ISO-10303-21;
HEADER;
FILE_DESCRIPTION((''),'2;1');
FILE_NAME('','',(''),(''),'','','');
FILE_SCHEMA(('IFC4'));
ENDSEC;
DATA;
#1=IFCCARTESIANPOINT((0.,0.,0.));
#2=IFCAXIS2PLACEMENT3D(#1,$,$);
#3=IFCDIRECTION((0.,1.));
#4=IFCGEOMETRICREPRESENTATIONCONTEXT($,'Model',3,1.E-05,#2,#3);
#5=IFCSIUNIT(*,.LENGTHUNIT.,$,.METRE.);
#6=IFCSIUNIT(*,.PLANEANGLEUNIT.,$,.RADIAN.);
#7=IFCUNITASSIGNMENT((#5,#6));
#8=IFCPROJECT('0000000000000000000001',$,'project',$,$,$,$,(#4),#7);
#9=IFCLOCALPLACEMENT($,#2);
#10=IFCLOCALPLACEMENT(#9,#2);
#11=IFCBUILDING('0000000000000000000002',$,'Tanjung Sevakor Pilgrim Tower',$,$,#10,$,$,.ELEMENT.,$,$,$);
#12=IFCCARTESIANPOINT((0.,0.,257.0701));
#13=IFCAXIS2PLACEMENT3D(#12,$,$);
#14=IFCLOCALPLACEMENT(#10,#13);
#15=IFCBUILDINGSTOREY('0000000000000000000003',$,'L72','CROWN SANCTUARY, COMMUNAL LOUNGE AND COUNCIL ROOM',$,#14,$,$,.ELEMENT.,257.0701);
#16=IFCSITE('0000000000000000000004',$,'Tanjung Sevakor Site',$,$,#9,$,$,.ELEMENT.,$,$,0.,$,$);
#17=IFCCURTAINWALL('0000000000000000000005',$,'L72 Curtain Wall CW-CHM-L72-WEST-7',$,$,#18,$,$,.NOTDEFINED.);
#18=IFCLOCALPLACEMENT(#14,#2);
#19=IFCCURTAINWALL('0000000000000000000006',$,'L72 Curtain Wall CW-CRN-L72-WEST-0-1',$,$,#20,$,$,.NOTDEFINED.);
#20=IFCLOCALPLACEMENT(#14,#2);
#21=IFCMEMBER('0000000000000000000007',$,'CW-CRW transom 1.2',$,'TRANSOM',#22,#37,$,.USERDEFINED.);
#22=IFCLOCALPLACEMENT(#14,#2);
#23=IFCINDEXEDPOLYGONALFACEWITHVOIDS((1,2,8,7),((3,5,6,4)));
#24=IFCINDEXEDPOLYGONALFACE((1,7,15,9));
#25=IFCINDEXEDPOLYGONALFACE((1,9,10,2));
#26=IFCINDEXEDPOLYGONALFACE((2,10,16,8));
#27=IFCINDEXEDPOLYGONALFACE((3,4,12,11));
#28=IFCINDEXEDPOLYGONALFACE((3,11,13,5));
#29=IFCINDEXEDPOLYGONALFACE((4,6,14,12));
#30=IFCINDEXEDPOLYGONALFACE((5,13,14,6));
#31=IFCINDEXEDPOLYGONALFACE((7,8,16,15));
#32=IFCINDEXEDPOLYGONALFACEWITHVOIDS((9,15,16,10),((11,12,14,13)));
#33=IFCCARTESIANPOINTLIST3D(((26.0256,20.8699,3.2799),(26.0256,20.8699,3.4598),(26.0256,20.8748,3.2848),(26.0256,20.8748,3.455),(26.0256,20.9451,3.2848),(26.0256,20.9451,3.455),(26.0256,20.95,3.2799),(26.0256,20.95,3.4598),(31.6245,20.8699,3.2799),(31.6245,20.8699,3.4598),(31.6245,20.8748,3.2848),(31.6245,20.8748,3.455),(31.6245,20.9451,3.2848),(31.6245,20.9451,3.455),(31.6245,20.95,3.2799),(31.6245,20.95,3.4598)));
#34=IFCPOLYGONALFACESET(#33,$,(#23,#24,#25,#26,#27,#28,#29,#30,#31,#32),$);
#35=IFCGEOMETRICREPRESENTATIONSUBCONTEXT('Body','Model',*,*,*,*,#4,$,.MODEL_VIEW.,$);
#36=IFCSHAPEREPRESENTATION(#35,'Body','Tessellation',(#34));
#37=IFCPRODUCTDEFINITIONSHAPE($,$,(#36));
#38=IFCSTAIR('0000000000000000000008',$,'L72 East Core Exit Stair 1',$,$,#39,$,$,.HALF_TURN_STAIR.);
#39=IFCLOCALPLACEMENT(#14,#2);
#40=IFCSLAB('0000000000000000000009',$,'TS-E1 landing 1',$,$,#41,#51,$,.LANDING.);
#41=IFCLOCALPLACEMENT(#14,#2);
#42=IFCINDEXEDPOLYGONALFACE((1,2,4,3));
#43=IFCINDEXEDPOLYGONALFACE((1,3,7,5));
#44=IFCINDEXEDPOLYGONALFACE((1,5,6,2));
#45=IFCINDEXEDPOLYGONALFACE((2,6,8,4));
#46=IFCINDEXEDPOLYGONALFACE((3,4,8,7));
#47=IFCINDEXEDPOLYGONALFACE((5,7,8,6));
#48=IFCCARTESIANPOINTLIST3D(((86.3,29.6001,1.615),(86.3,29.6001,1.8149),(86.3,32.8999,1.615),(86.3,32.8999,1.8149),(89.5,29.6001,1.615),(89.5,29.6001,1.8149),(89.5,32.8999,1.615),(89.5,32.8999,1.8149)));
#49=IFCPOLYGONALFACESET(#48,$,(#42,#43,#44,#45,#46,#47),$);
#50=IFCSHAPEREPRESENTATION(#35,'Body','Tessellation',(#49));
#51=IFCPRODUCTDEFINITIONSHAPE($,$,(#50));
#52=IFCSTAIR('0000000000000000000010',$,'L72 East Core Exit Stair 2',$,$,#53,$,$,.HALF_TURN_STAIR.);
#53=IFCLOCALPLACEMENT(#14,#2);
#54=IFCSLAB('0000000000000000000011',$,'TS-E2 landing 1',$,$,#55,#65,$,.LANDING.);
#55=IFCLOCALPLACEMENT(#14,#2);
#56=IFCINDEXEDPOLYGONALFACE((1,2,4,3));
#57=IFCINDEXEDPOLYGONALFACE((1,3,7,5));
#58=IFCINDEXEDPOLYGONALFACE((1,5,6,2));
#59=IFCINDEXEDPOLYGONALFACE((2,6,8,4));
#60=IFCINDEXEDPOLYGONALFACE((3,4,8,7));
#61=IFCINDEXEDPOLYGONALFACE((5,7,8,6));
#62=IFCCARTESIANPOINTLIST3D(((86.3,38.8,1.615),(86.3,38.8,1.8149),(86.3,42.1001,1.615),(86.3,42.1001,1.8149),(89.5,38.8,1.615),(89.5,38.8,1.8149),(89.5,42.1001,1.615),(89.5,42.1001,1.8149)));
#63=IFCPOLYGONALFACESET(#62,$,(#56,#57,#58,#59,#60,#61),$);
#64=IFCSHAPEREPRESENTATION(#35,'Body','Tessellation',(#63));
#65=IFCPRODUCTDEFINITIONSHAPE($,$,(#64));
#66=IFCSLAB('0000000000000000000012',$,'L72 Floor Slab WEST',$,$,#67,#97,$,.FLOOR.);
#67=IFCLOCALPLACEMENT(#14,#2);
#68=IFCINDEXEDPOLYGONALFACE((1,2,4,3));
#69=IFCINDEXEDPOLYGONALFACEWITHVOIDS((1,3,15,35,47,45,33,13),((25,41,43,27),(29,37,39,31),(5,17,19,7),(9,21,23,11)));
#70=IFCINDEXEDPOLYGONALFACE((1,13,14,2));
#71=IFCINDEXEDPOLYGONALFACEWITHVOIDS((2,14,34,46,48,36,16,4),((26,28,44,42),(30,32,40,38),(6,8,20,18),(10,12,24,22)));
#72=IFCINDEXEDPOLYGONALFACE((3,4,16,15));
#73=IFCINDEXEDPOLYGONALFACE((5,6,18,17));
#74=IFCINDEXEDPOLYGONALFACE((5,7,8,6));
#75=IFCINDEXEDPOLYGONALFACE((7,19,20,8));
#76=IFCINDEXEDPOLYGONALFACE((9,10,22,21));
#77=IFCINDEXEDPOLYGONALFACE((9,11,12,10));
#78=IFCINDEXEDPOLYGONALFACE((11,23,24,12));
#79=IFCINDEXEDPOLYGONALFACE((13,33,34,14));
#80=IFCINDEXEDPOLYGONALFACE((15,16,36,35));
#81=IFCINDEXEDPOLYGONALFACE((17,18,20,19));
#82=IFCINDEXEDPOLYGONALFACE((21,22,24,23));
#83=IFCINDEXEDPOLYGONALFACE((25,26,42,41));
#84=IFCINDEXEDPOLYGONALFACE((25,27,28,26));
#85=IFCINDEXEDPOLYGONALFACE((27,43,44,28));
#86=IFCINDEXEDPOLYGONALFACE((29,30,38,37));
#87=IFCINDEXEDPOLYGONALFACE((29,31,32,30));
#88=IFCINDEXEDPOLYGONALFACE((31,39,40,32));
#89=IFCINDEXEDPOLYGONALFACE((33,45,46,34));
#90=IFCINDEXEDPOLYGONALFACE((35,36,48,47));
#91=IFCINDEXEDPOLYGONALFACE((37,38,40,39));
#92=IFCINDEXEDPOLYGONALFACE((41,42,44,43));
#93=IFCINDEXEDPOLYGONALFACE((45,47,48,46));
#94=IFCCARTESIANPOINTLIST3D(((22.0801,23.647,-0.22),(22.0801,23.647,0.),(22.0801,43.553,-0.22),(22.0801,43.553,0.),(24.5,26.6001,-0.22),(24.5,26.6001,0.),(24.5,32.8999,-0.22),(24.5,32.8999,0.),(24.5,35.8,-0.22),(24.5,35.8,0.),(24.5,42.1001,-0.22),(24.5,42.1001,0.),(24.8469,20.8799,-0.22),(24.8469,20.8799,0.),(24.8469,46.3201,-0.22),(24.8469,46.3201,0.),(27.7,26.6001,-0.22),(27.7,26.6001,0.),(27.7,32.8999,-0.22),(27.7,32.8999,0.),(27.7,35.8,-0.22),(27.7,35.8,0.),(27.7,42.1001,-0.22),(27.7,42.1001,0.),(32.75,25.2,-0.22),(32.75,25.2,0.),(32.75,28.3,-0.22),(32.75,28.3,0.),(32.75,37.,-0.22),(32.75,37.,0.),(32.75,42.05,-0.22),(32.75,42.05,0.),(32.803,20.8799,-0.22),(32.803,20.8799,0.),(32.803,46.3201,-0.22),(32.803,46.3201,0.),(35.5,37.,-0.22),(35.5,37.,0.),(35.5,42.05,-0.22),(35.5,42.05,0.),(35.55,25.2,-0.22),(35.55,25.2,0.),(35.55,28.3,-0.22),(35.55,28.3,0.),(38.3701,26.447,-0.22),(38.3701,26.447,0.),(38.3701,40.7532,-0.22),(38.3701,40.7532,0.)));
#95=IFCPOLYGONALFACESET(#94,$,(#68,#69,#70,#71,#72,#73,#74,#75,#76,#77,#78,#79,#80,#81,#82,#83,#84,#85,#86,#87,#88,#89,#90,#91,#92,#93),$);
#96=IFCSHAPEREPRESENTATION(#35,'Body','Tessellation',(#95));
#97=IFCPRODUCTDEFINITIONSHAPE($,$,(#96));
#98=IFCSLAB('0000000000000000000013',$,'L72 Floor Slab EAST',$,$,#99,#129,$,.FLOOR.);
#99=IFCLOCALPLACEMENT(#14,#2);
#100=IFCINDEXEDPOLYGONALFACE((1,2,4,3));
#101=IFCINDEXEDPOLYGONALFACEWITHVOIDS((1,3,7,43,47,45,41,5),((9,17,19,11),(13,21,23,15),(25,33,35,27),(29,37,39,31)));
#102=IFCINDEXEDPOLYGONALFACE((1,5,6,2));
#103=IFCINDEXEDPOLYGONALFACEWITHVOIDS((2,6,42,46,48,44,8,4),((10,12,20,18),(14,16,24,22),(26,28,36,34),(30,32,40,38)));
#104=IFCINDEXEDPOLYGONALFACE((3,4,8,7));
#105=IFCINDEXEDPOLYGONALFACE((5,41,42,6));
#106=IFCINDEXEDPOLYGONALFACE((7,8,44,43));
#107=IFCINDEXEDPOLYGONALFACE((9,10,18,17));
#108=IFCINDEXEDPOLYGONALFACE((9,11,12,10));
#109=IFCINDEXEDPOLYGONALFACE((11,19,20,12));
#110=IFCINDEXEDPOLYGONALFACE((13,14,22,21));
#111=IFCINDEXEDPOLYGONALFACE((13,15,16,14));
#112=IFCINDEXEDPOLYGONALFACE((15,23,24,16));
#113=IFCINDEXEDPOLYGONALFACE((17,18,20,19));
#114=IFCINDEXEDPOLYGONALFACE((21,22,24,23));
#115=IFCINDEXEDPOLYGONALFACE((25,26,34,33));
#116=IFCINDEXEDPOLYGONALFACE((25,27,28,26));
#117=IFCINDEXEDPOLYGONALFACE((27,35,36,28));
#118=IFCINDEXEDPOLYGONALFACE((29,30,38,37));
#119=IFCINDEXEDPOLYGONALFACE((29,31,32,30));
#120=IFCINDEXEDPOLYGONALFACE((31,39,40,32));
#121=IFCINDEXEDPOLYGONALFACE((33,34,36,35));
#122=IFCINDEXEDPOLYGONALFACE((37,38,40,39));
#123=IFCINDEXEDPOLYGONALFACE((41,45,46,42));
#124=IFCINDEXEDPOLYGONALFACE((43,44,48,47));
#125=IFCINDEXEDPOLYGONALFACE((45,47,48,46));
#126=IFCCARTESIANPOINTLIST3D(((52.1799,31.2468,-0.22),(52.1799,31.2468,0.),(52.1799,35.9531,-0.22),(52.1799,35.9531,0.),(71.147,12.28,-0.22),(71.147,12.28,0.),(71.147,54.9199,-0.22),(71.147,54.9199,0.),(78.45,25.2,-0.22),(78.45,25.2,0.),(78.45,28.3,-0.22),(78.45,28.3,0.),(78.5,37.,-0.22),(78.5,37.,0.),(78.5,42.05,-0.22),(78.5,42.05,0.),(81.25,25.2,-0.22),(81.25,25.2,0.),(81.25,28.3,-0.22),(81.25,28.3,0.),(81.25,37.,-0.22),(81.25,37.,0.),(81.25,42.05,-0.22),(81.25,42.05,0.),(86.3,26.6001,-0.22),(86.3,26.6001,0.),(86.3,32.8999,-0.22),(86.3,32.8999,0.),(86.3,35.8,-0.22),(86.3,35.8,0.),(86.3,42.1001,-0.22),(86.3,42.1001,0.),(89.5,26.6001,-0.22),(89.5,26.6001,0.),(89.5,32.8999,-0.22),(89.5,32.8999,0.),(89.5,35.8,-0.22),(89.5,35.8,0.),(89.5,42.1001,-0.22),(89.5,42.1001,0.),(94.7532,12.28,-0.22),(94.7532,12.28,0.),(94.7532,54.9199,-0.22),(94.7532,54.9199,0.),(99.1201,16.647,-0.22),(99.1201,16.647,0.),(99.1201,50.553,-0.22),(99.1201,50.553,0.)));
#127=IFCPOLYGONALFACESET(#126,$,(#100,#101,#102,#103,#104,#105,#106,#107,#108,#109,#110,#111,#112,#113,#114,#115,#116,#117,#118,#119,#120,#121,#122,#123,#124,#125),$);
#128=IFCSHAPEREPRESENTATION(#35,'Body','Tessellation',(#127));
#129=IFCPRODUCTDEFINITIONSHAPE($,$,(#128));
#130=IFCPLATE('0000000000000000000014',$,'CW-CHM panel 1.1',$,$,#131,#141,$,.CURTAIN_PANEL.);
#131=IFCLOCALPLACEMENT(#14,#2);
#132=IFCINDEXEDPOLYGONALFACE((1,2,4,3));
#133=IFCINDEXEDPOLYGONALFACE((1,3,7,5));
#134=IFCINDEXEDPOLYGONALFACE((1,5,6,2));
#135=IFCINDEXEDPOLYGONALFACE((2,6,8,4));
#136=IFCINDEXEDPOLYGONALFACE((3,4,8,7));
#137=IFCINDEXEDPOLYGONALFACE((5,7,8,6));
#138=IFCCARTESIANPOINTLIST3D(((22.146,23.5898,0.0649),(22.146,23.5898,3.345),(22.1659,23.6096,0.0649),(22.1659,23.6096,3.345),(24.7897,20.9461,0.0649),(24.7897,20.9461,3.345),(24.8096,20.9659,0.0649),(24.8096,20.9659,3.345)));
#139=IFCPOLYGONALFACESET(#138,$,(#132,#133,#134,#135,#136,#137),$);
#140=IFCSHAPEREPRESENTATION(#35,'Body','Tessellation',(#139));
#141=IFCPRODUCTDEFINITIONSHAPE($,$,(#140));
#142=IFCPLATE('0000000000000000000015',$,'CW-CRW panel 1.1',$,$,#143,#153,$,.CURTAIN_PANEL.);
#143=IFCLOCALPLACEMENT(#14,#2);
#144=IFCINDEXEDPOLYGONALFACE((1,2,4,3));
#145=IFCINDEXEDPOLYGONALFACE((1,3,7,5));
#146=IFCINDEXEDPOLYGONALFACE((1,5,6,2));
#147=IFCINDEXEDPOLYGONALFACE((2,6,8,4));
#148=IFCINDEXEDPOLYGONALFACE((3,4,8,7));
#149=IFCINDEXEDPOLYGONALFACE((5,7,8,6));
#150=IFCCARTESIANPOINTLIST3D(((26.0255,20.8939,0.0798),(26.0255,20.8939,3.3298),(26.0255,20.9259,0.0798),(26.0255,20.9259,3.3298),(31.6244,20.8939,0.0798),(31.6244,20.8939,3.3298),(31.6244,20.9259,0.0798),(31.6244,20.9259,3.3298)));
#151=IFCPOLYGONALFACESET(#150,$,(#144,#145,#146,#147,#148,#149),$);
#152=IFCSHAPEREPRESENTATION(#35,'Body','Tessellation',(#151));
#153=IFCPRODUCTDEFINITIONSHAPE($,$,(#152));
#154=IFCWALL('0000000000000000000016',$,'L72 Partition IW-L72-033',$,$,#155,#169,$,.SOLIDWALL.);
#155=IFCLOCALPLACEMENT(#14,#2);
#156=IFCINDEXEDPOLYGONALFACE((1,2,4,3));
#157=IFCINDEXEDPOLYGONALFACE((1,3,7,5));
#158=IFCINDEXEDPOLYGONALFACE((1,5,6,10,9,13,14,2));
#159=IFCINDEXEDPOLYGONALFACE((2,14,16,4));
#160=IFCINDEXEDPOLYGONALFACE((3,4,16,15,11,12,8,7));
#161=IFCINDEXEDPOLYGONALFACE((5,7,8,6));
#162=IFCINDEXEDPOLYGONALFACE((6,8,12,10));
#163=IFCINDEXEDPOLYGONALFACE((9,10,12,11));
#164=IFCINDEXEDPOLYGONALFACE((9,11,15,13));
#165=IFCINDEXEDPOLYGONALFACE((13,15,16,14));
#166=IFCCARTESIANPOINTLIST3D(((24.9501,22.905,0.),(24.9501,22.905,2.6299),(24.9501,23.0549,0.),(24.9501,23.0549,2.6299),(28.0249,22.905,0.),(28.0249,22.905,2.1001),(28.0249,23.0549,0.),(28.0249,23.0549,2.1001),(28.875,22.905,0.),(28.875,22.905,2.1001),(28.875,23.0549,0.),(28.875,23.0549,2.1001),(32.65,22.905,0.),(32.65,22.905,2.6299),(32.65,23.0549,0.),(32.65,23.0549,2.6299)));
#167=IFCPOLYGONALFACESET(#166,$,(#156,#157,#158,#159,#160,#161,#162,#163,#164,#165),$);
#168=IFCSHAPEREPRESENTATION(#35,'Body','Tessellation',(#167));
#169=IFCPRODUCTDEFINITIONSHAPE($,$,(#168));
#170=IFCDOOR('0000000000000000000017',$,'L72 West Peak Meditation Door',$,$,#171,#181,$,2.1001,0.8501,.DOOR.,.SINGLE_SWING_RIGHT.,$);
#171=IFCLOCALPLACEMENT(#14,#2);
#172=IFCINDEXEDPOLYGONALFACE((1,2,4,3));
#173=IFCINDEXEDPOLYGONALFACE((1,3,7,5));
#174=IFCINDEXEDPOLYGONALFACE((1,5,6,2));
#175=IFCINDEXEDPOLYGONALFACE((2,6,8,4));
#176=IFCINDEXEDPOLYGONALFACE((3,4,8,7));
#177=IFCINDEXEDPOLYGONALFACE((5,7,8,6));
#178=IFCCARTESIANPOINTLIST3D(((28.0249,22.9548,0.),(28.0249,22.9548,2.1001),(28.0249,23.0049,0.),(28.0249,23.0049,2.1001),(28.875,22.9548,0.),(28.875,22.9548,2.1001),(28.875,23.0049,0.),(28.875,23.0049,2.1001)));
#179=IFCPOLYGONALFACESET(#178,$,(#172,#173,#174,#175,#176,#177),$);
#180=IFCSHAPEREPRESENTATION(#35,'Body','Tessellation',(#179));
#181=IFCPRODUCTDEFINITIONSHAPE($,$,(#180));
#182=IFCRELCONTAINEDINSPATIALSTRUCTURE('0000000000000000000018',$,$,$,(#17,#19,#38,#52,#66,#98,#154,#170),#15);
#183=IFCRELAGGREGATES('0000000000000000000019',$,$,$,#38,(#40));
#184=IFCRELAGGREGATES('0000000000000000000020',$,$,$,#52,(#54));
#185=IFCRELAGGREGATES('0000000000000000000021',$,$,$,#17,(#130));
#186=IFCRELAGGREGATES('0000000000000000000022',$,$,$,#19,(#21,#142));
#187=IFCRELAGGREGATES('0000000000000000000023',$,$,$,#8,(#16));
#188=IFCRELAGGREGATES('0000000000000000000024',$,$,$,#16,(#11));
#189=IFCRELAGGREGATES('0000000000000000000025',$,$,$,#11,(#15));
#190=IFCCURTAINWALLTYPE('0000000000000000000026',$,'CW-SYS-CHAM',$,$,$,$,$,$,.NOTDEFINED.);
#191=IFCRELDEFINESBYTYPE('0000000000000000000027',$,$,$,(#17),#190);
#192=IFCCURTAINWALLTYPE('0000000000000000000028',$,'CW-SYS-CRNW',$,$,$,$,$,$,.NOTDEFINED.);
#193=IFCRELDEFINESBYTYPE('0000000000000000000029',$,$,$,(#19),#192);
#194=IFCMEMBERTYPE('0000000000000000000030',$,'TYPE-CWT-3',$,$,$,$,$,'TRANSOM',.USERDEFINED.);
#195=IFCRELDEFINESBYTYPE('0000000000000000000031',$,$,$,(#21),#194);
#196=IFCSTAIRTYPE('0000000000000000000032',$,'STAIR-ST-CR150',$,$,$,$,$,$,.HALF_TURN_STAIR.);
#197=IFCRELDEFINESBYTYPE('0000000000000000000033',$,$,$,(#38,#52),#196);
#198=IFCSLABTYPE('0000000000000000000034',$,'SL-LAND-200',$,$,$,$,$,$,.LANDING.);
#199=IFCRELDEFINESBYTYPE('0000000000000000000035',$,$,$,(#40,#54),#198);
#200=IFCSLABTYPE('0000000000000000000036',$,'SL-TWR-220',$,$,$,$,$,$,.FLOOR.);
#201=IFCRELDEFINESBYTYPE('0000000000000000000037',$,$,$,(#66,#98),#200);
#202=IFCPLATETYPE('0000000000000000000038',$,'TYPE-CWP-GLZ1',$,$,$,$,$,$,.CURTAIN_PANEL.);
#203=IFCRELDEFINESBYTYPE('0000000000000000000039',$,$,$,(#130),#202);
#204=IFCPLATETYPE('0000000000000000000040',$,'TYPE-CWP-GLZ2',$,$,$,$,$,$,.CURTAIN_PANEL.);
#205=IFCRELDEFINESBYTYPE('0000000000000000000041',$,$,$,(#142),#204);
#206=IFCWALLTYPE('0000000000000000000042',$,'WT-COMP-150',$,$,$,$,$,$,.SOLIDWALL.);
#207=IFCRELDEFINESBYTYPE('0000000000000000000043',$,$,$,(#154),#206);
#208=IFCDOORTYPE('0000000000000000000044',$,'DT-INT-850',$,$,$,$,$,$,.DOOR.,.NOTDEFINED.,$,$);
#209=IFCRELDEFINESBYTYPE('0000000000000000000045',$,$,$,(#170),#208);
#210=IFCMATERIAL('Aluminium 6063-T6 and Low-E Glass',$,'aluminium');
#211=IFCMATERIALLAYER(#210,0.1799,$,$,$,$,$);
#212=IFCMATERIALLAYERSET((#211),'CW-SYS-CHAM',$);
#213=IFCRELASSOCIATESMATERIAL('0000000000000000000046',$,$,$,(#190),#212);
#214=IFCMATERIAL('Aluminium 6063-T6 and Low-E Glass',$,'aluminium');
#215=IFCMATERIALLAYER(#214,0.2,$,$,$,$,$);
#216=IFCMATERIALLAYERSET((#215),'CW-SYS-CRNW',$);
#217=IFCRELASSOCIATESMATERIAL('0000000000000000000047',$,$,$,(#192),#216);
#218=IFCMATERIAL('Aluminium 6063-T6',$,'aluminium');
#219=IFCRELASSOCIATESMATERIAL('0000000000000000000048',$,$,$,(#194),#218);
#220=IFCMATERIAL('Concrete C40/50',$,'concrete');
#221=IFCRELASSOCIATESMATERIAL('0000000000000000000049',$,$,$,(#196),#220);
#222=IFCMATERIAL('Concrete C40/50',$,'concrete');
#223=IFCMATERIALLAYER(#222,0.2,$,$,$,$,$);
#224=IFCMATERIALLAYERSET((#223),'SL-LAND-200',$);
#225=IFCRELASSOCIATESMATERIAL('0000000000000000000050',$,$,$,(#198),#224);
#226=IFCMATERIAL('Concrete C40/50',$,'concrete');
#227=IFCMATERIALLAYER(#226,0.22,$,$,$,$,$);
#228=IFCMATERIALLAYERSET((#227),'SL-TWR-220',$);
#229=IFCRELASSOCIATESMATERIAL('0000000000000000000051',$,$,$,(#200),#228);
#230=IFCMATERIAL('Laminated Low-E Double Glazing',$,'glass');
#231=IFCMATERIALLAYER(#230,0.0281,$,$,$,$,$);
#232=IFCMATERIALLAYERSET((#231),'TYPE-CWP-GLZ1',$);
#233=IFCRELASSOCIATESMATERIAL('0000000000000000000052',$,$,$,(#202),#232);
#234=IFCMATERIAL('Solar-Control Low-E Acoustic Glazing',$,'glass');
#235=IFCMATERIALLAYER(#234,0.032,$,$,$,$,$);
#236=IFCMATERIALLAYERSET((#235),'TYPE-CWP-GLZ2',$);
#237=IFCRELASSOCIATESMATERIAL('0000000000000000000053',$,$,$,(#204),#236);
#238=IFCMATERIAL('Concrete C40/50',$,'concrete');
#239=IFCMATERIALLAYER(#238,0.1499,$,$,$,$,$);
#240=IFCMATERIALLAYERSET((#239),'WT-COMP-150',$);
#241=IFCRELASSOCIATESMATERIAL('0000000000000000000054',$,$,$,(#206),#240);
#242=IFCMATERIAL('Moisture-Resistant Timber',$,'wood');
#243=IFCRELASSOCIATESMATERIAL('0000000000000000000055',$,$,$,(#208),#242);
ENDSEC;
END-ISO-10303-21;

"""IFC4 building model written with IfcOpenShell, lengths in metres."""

from ifc_helpers import new_model, si_unit, direction, frame, frame_2d, origin, origin_2d, place, context, subcontext, project, spatial, polyline, rectangle, hollow_rectangle, outline, extrude, material, layer, layer_set, material_profile, profile_set, type_object, element, fill, aggregate, save


model = new_model("IFC4")

# Units and contexts
model_context = context("Model", 3, precision=1e-05, world=origin(), true_north=direction((0.0, 1.0)))
body_context = subcontext(model_context, "Body", "Model", "MODEL_VIEW")
ifc_project = project(units=[si_unit("LENGTHUNIT", "METRE"), si_unit("PLANEANGLEUNIT", "RADIAN")], contexts=[model_context])

# Site, building, storey
site_placement = place(None, origin())
site = spatial("IfcSite", under=ifc_project, at=site_placement, Name="Tanjung Sevakor Site", CompositionType="ELEMENT", RefElevation=0.0)
building_placement = place(site_placement, origin())
building = spatial("IfcBuilding", under=site, at=building_placement, Name="Tanjung Sevakor Pilgrim Tower", CompositionType="ELEMENT")
storey_placement = place(building_placement, frame((0.0, 0.0, 257.0701)))
storey = spatial("IfcBuildingStorey", under=building, at=storey_placement, Name="L72", Description="CROWN SANCTUARY, COMMUNAL LOUNGE AND COUNCIL ROOM", CompositionType="ELEMENT", Elevation=257.0701)

# Curtain walls
ifc_material_1 = material(Name="Aluminium 6063-T6 and Low-E Glass", Category="aluminium")
ifc_layer_1 = layer(ifc_material_1, 0.1799)
ifc_layer_set_1 = layer_set([ifc_layer_1], Name="CW-SYS-CHAM")
curtain_wall_type_1 = type_object("IfcCurtainWallType", Name="CW-SYS-CHAM", PredefinedType="NOTDEFINED", material=ifc_layer_set_1)
curtain_wall_1_placement = place(storey_placement, origin())
curtain_wall_1 = element("IfcCurtainWall", 1, at=curtain_wall_1_placement, inside=storey, type_object=curtain_wall_type_1, Name="L72 Curtain Wall CW-CHM-L72-WEST-7", PredefinedType="NOTDEFINED")
ifc_material_2 = material(Name="Aluminium 6063-T6 and Low-E Glass", Category="aluminium")
ifc_layer_2 = layer(ifc_material_2, 0.2)
ifc_layer_set_2 = layer_set([ifc_layer_2], Name="CW-SYS-CRNW")
curtain_wall_type_2 = type_object("IfcCurtainWallType", Name="CW-SYS-CRNW", PredefinedType="NOTDEFINED", material=ifc_layer_set_2)
curtain_wall_2_placement = place(storey_placement, origin())
curtain_wall_2 = element("IfcCurtainWall", 2, at=curtain_wall_2_placement, inside=storey, type_object=curtain_wall_type_2, Name="L72 Curtain Wall CW-CRN-L72-WEST-0-1", PredefinedType="NOTDEFINED")

# Member
ifc_material_3 = material(Name="Aluminium 6063-T6", Category="aluminium")
ifc_material_profile_1 = material_profile(ifc_material_3, hollow_rectangle(XDim=0.0801, YDim=0.1799, WallThickness=0.0049, at=origin_2d()))
ifc_profile_set_1 = profile_set([ifc_material_profile_1], Name="Aluminium 6063-T6")
member_type_1 = type_object("IfcMemberType", Name="TYPE-CWT-3", ElementType="TRANSOM", PredefinedType="USERDEFINED", material=ifc_profile_set_1)
member_1_placement = place(storey_placement, frame((26.0256, 20.9099, 3.3699), z_axis=(1.0, 0.0, 0.0), x_axis=(0.0, 1.0, 0.0)))
member_1 = element("IfcMember", 3, at=member_1_placement, type_object=member_type_1, Name="CW-CRW transom 1.2", ObjectType="TRANSOM", PredefinedType="USERDEFINED", context=body_context, shape_type="SweptSolid", body=[
    extrude(hollow_rectangle(XDim=0.0801, YDim=0.1799, WallThickness=0.0049, at=origin_2d()), origin(), (0.0, 0.0, 1.0), 5.5989),
])

# Stairs, slabs
ifc_material_4 = material(Name="Concrete C40/50", Category="concrete")
stair_type = type_object("IfcStairType", Name="STAIR-ST-CR150", PredefinedType="HALF_TURN_STAIR", material=ifc_material_4)
stair_1_placement = place(storey_placement, origin())
stair_1 = element("IfcStair", 4, at=stair_1_placement, inside=storey, type_object=stair_type, Name="L72 East Core Exit Stair 1", PredefinedType="HALF_TURN_STAIR")
ifc_material_5 = material(Name="Concrete C40/50", Category="concrete")
ifc_layer_3 = layer(ifc_material_5, 0.2)
ifc_layer_set_3 = layer_set([ifc_layer_3], Name="SL-LAND-200")
slab_type_1 = type_object("IfcSlabType", Name="SL-LAND-200", PredefinedType="LANDING", material=ifc_layer_set_3)
slab_1_placement = place(storey_placement, frame((0.0, 0.0, 1.615)))
slab_1 = element("IfcSlab", 5, at=slab_1_placement, type_object=slab_type_1, Name="TS-E1 landing 1", PredefinedType="LANDING", context=body_context, shape_type="SweptSolid", body=[
    extrude(outline(polyline([(89.5, 29.6001), (89.5, 32.8999), (86.3, 32.8999), (86.3, 29.6001), (89.5, 29.6001)])), origin(), (0.0, 0.0, 1.0), 0.2),
])
aggregate(stair_1, [slab_1])
stair_2_placement = place(storey_placement, origin())
stair_2 = element("IfcStair", 6, at=stair_2_placement, inside=storey, type_object=stair_type, Name="L72 East Core Exit Stair 2", PredefinedType="HALF_TURN_STAIR")
slab_2_placement = place(storey_placement, frame((0.0, 0.0, 1.615)))
slab_2 = element("IfcSlab", 7, at=slab_2_placement, type_object=slab_type_1, Name="TS-E2 landing 1", PredefinedType="LANDING", context=body_context, shape_type="SweptSolid", body=[
    extrude(outline(polyline([(89.5, 38.8), (89.5, 42.1001), (86.3, 42.1001), (86.3, 38.8), (89.5, 38.8)])), origin(), (0.0, 0.0, 1.0), 0.2),
])
aggregate(stair_2, [slab_2])

# Slabs
ifc_material_6 = material(Name="Concrete C40/50", Category="concrete")
ifc_layer_4 = layer(ifc_material_6, 0.22)
ifc_layer_set_4 = layer_set([ifc_layer_4], Name="SL-TWR-220")
slab_type_2 = type_object("IfcSlabType", Name="SL-TWR-220", PredefinedType="FLOOR", material=ifc_layer_set_4)
slab_3_placement = place(storey_placement, frame((0.0, 0.0, -0.22)))
element("IfcSlab", 8, at=slab_3_placement, inside=storey, type_object=slab_type_2, Name="L72 Floor Slab WEST", PredefinedType="FLOOR", context=body_context, shape_type="SweptSolid", body=[
    extrude(outline(polyline([(24.8469, 20.8799), (32.803, 20.8799), (38.3701, 26.447), (38.3701, 40.7532), (32.803, 46.3201), (24.8469, 46.3201), (22.0801, 43.553), (22.0801, 23.647), (24.8469, 20.8799)]), holes=[polyline([(27.7, 26.6001), (27.7, 32.8999), (24.5, 32.8999), (24.5, 26.6001), (27.7, 26.6001)]), polyline([(27.7, 35.8), (27.7, 42.1001), (24.5, 42.1001), (24.5, 35.8), (27.7, 35.8)]), polyline([(32.75, 25.2), (35.55, 25.2), (35.55, 28.3), (32.75, 28.3), (32.75, 25.2)]), polyline([(32.75, 37.0), (35.5, 37.0), (35.5, 42.05), (32.75, 42.05), (32.75, 37.0)])]), origin(), (0.0, 0.0, 1.0), 0.22),
])
slab_4_placement = place(storey_placement, frame((0.0, 0.0, -0.22)))
element("IfcSlab", 9, at=slab_4_placement, inside=storey, type_object=slab_type_2, Name="L72 Floor Slab EAST", PredefinedType="FLOOR", context=body_context, shape_type="SweptSolid", body=[
    extrude(outline(polyline([(71.147, 12.28), (94.7532, 12.28), (99.1201, 16.647), (99.1201, 50.553), (94.7532, 54.9199), (71.147, 54.9199), (52.1799, 35.9531), (52.1799, 31.2468), (71.147, 12.28)]), holes=[polyline([(89.5, 26.6001), (89.5, 32.8999), (86.3, 32.8999), (86.3, 26.6001), (89.5, 26.6001)]), polyline([(89.5, 35.8), (89.5, 42.1001), (86.3, 42.1001), (86.3, 35.8), (89.5, 35.8)]), polyline([(78.45, 25.2), (81.25, 25.2), (81.25, 28.3), (78.45, 28.3), (78.45, 25.2)]), polyline([(78.5, 37.0), (81.25, 37.0), (81.25, 42.05), (78.5, 42.05), (78.5, 37.0)])]), origin(), (0.0, 0.0, 1.0), 0.22),
])

# Plates
ifc_material_7 = material(Name="Laminated Low-E Double Glazing", Category="glass")
ifc_layer_5 = layer(ifc_material_7, 0.0281)
ifc_layer_set_5 = layer_set([ifc_layer_5], Name="TYPE-CWP-GLZ1")
plate_type_1 = type_object("IfcPlateType", Name="TYPE-CWP-GLZ1", PredefinedType="CURTAIN_PANEL", material=ifc_layer_set_5)
plate_1_placement = place(storey_placement, frame((23.4778, 22.2778, 0.0649), z_axis=(0.0, 0.0, 1.0), x_axis=(0.707107, -0.707107, 0.0)))
plate_1 = element("IfcPlate", 10, at=plate_1_placement, type_object=plate_type_1, Name="CW-CHM panel 1.1", PredefinedType="CURTAIN_PANEL", context=body_context, shape_type="SweptSolid", body=[
    extrude(rectangle(XDim=3.7388, YDim=0.0281, at=origin_2d()), origin(), (0.0, 0.0, 1.0), 3.28),
])
aggregate(curtain_wall_1, [plate_1])
ifc_material_8 = material(Name="Solar-Control Low-E Acoustic Glazing", Category="glass")
ifc_layer_6 = layer(ifc_material_8, 0.032)
ifc_layer_set_6 = layer_set([ifc_layer_6], Name="TYPE-CWP-GLZ2")
plate_type_2 = type_object("IfcPlateType", Name="TYPE-CWP-GLZ2", PredefinedType="CURTAIN_PANEL", material=ifc_layer_set_6)
plate_2_placement = place(storey_placement, frame((28.825, 20.9099, 0.0798), z_axis=(0.0, 0.0, 1.0), x_axis=(1.0, 0.0, 0.0)))
plate_2 = element("IfcPlate", 11, at=plate_2_placement, type_object=plate_type_2, Name="CW-CRW panel 1.1", PredefinedType="CURTAIN_PANEL", context=body_context, shape_type="SweptSolid", body=[
    extrude(rectangle(XDim=5.5989, YDim=0.032, at=origin_2d()), origin(), (0.0, 0.0, 1.0), 3.25),
])
aggregate(curtain_wall_2, [member_1, plate_2])

# Wall, opening, door
ifc_material_9 = material(Name="Concrete C40/50", Category="concrete")
ifc_layer_7 = layer(ifc_material_9, 0.1499)
ifc_layer_set_7 = layer_set([ifc_layer_7], Name="WT-COMP-150")
wall_type_1 = type_object("IfcWallType", Name="WT-COMP-150", PredefinedType="SOLIDWALL", material=ifc_layer_set_7)
wall_1_placement = place(storey_placement, frame((24.95, 22.98, 0.0), z_axis=(0.0, 0.0, 1.0), x_axis=(1.0, 0.0, 0.0)))
wall_1 = element("IfcWall", 12, at=wall_1_placement, inside=storey, type_object=wall_type_1, Name="L72 Partition IW-L72-033", PredefinedType="SOLIDWALL", context=body_context, shape_type="SweptSolid", body=[
    extrude(rectangle(XDim=7.7, YDim=0.1499, at=frame_2d((3.8501, 0.0))), origin(), (0.0, 0.0, 1.0), 2.6299),
])
opening_placement = place(wall_1_placement, frame((3.075, 0.0, 0.0)))
opening = element("IfcOpeningElement", 13, at=opening_placement, cuts=wall_1, PredefinedType="OPENING", context=body_context, shape_type="SweptSolid", body=[
    extrude(rectangle(XDim=0.8501, YDim=2.1001, at=frame_2d((0.425, 1.05))), frame((0.0, 0.085, 0.0), z_axis=(0.0, -1.0, 0.0), x_axis=(1.0, 0.0, 0.0)), (0.0, 0.0, 1.0), 0.1699),
])
ifc_material_10 = material(Name="Moisture-Resistant Timber", Category="wood")
door_type = type_object("IfcDoorType", Name="DT-INT-850", OperationType="NOTDEFINED", PredefinedType="DOOR", material=ifc_material_10)
door_placement = place(opening_placement, origin())
door = element("IfcDoor", 14, at=door_placement, inside=storey, type_object=door_type, Name="L72 West Peak Meditation Door", OperationType="SINGLE_SWING_RIGHT", OverallHeight=2.1001, OverallWidth=0.8501, PredefinedType="DOOR", context=body_context, shape_type="SweptSolid", body=[
    extrude(rectangle(XDim=0.8501, YDim=2.1001, at=frame_2d((0.425, 1.05))), frame((0.0, 0.0249, 0.0), z_axis=(0.0, -1.0, 0.0), x_axis=(1.0, 0.0, 0.0)), (0.0, 0.0, 1.0), 0.05),
])
fill(opening, door)

save(model, "model.ifc")
